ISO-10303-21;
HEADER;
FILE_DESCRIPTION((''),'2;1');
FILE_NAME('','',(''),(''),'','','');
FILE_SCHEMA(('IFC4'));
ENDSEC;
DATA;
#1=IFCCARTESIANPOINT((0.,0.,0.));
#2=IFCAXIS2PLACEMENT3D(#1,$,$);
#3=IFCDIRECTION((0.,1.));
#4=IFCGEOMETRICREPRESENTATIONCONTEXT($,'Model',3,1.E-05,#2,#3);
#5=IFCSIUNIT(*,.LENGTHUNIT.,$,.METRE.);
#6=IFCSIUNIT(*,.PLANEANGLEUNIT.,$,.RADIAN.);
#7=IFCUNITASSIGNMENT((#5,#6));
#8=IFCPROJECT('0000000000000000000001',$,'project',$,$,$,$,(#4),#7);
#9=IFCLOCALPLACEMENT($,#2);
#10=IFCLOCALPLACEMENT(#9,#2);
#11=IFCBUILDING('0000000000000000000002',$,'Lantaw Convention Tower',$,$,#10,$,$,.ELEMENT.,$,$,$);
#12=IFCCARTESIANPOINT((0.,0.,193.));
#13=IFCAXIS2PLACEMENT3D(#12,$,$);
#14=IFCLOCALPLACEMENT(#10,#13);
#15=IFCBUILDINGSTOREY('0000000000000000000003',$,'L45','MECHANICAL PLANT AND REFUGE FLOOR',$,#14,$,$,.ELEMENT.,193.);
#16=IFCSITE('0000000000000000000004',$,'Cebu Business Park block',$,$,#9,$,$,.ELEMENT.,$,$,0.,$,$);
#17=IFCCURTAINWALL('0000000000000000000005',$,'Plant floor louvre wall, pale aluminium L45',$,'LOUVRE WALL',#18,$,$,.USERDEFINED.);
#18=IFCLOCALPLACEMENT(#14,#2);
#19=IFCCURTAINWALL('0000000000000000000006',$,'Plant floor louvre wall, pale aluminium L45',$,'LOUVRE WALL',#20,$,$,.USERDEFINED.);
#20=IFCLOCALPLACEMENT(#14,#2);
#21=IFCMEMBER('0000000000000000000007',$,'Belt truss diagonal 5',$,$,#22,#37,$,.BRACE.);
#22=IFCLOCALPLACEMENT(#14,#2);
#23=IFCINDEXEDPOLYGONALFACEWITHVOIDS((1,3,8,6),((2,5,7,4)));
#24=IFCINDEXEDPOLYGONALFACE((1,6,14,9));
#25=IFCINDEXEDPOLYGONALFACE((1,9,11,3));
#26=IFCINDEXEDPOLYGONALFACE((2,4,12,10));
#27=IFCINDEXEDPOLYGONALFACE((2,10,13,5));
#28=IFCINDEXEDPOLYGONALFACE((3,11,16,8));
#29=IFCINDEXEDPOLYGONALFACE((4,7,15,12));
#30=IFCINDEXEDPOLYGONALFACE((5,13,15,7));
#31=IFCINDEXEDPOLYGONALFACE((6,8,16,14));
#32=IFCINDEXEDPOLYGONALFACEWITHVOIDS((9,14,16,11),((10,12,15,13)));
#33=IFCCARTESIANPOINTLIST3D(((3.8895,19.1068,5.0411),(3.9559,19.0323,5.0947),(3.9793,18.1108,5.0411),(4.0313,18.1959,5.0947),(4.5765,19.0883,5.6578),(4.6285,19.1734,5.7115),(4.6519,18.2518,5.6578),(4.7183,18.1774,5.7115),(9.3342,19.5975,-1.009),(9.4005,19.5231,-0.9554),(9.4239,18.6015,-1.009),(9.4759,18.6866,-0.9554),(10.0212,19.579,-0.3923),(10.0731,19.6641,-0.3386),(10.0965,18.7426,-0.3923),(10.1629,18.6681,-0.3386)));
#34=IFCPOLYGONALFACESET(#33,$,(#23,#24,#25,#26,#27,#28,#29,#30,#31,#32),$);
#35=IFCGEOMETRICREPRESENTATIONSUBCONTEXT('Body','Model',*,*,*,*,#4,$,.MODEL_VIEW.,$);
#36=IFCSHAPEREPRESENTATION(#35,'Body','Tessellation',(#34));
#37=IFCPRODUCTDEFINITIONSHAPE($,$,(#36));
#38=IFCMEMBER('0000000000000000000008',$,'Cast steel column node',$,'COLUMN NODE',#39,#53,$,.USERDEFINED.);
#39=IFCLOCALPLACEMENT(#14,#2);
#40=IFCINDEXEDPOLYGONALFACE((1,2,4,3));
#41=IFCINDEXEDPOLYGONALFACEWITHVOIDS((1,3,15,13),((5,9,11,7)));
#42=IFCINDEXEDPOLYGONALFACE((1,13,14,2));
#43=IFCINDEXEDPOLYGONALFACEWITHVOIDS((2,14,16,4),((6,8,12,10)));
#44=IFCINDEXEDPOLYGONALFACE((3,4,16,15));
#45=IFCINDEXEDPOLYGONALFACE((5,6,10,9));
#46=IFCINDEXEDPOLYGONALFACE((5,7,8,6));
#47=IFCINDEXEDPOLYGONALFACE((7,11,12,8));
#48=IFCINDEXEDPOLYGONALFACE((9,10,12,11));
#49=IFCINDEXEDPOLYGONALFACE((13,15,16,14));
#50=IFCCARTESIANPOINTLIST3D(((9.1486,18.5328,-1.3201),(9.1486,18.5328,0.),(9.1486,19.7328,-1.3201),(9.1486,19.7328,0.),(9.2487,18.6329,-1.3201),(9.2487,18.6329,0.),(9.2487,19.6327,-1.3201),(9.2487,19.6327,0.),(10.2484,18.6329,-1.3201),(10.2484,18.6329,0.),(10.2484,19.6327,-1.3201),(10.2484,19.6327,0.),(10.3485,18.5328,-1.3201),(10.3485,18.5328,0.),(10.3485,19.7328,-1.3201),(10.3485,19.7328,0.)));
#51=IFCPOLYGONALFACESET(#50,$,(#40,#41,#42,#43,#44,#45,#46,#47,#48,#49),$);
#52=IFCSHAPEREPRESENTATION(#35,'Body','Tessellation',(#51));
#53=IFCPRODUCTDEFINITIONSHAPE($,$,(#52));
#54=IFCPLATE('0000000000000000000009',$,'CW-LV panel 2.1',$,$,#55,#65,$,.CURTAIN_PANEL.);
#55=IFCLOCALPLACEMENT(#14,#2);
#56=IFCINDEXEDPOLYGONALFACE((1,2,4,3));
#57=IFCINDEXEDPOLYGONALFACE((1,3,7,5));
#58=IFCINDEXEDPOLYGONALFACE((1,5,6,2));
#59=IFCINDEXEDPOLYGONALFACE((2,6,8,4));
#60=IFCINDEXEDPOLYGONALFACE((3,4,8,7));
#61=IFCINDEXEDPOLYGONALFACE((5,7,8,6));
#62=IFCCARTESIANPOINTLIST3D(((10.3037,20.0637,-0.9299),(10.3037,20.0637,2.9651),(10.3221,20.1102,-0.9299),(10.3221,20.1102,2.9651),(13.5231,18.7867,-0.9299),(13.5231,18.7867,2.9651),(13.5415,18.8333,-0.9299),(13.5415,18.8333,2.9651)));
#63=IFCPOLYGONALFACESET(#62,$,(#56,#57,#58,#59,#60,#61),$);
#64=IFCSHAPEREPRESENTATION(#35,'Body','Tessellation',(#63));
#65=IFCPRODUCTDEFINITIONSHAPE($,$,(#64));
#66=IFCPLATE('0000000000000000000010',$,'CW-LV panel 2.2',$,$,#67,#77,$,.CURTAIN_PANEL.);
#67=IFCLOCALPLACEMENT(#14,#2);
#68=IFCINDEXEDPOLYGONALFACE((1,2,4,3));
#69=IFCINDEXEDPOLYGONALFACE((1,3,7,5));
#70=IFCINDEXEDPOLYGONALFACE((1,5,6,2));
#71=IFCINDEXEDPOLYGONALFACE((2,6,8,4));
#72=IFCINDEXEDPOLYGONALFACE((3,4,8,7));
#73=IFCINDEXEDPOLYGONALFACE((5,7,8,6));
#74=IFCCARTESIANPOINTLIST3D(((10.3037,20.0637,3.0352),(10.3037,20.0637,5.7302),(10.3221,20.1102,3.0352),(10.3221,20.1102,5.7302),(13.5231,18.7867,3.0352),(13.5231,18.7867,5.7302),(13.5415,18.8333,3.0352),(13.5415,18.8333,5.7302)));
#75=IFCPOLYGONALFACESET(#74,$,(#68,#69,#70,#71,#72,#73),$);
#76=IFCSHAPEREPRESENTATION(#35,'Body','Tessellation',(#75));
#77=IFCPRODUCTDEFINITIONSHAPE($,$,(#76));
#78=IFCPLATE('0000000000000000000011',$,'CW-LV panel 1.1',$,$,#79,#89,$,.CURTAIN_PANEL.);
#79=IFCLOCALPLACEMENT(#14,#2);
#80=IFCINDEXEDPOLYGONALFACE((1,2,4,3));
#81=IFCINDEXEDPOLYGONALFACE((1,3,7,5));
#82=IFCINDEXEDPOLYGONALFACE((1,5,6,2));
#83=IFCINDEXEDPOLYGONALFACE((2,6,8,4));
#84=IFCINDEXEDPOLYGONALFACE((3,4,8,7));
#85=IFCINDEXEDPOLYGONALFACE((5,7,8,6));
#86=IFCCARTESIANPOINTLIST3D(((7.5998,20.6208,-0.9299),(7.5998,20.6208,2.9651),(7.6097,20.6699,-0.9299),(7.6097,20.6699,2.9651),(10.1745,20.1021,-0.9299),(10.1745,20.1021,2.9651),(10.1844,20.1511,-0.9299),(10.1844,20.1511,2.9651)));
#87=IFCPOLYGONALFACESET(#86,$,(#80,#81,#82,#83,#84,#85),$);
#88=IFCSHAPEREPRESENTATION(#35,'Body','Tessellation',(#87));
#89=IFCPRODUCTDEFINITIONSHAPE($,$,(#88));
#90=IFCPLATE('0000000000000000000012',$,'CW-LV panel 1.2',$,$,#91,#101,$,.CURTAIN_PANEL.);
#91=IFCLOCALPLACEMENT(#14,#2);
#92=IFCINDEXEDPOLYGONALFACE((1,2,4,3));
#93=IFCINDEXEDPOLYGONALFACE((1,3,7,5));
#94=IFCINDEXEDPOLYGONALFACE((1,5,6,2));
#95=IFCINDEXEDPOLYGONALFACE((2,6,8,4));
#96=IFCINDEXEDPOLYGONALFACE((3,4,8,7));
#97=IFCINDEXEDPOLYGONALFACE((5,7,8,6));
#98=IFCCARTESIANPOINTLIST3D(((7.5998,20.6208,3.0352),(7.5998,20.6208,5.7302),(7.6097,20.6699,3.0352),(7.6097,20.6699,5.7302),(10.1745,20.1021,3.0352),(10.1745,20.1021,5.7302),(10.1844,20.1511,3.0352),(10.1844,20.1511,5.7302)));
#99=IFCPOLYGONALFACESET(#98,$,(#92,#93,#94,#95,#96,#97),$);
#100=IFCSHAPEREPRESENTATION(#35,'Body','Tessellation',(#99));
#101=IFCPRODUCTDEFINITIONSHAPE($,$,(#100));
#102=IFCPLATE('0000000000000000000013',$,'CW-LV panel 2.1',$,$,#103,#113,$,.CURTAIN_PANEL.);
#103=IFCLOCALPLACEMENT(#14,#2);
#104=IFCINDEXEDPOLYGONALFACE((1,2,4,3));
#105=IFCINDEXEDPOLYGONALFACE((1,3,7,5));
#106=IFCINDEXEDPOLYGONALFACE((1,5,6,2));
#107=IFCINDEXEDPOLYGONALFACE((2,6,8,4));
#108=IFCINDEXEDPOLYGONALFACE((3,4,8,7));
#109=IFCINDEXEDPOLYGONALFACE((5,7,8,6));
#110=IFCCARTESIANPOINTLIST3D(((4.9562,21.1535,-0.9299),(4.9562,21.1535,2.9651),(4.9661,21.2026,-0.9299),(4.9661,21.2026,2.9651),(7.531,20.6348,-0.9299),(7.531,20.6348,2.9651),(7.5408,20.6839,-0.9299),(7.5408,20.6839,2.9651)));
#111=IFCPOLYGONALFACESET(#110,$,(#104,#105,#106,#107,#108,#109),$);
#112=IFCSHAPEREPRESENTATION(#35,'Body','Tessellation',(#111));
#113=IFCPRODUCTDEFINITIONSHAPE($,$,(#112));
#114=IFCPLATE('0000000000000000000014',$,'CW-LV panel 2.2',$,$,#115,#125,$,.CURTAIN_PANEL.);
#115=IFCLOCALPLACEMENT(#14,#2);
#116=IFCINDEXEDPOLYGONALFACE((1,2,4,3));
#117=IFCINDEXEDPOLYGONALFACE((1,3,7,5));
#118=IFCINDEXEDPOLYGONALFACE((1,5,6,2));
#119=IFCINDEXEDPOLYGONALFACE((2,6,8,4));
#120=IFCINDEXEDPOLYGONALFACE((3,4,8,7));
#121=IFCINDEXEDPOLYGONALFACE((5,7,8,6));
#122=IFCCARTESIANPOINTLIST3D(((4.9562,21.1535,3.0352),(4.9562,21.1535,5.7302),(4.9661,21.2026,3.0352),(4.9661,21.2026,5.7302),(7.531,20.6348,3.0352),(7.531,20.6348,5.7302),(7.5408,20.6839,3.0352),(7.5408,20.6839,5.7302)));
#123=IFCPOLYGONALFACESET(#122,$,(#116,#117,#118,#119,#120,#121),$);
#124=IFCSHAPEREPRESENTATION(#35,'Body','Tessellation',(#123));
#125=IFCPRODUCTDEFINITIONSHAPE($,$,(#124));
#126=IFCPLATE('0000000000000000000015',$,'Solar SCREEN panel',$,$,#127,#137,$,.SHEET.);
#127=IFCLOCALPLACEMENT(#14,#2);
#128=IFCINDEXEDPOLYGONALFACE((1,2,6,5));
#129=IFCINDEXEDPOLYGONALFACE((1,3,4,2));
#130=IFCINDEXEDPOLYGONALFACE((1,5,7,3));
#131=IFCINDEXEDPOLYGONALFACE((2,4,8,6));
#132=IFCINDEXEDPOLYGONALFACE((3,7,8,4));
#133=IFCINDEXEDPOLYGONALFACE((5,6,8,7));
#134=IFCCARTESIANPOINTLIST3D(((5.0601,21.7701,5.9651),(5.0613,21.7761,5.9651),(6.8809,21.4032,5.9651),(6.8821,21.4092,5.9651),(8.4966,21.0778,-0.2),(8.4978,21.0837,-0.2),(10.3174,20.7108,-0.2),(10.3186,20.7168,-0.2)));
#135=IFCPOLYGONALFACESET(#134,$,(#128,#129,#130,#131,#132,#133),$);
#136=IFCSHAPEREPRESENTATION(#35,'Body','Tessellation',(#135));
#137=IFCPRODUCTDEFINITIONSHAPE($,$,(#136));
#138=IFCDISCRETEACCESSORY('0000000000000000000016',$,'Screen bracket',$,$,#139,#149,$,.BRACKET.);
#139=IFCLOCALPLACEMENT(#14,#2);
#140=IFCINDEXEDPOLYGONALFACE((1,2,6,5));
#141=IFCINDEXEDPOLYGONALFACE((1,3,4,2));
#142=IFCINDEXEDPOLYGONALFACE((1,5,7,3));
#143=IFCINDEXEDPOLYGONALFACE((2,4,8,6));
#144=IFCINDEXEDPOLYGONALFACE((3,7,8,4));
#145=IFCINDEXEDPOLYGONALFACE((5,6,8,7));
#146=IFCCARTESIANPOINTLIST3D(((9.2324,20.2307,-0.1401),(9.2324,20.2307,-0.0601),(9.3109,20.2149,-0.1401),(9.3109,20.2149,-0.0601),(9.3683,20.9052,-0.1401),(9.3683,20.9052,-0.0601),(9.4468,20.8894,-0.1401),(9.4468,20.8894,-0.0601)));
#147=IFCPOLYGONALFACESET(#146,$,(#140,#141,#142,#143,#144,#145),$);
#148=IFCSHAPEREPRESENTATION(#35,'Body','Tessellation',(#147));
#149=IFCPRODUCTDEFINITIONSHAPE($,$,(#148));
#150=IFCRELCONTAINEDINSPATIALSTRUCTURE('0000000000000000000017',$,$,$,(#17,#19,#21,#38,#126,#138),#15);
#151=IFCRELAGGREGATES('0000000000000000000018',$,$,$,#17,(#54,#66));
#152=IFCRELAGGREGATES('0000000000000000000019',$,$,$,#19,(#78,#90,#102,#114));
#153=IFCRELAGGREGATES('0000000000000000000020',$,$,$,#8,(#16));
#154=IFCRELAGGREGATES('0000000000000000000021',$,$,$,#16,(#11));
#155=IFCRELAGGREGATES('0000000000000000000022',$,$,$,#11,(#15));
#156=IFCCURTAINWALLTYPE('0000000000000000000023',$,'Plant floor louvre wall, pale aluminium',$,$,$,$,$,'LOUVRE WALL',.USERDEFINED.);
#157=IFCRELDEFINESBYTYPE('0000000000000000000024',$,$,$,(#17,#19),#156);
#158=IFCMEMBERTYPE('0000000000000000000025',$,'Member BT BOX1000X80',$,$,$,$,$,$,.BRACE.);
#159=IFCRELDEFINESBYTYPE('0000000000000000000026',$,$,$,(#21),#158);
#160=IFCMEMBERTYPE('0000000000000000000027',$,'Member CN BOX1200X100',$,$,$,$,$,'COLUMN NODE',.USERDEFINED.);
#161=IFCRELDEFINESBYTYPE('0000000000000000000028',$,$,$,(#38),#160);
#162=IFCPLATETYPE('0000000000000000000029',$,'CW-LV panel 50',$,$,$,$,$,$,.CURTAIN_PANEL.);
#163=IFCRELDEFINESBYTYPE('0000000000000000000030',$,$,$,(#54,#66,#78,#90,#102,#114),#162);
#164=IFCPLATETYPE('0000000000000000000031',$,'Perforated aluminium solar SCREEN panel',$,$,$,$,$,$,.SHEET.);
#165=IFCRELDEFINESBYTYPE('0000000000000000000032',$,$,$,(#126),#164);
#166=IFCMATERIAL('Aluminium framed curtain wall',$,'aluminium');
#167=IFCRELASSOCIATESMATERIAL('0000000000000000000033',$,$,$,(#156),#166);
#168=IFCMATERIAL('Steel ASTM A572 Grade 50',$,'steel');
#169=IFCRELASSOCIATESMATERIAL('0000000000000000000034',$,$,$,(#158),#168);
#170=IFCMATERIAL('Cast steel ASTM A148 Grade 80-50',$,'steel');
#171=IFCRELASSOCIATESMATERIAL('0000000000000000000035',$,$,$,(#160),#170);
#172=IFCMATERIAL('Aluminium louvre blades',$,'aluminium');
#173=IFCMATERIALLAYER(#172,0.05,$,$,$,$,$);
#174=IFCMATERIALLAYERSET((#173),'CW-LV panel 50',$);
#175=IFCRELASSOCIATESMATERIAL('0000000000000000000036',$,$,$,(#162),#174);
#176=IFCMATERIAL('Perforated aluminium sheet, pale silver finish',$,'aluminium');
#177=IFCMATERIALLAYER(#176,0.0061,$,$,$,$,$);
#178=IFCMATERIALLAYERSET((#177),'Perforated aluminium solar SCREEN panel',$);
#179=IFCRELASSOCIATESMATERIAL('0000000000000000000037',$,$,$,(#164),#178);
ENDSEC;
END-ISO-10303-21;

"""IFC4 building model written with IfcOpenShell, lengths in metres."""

from ifc_helpers import new_model, si_unit, direction, frame, origin, origin_2d, place, context, subcontext, project, spatial, polyline, rectangle, hollow_rectangle, outline, extrude, material, layer, layer_set, material_profile, profile_set, type_object, element, aggregate, save


model = new_model("IFC4")

# Units and contexts
model_context = context("Model", 3, precision=1e-05, world=origin(), true_north=direction((0.0, 1.0)))
body_context = subcontext(model_context, "Body", "Model", "MODEL_VIEW")
ifc_project = project(units=[si_unit("LENGTHUNIT", "METRE"), si_unit("PLANEANGLEUNIT", "RADIAN")], contexts=[model_context])

# Site, building, storey
site_placement = place(None, origin())
site = spatial("IfcSite", under=ifc_project, at=site_placement, Name="Cebu Business Park block", CompositionType="ELEMENT", RefElevation=0.0)
building_placement = place(site_placement, origin())
building = spatial("IfcBuilding", under=site, at=building_placement, Name="Lantaw Convention Tower", CompositionType="ELEMENT")
storey_placement = place(building_placement, frame((0.0, 0.0, 193.0)))
storey = spatial("IfcBuildingStorey", under=building, at=storey_placement, Name="L45", Description="MECHANICAL PLANT AND REFUGE FLOOR", CompositionType="ELEMENT", Elevation=193.0)

# Curtain wall
ifc_material_1 = material(Name="Aluminium framed curtain wall", Category="aluminium")
curtain_wall_type = type_object("IfcCurtainWallType", Name="Plant floor louvre wall, pale aluminium", ElementType="LOUVRE WALL", PredefinedType="USERDEFINED", material=ifc_material_1)
curtain_wall_1_placement = place(storey_placement, origin())
curtain_wall_1 = element("IfcCurtainWall", 1, at=curtain_wall_1_placement, inside=storey, type_object=curtain_wall_type, Name="Plant floor louvre wall, pale aluminium L45", ObjectType="LOUVRE WALL", PredefinedType="USERDEFINED")

# Curtain wall
curtain_wall_2_placement = place(storey_placement, origin())
curtain_wall_2 = element("IfcCurtainWall", 2, at=curtain_wall_2_placement, inside=storey, type_object=curtain_wall_type, Name="Plant floor louvre wall, pale aluminium L45", ObjectType="LOUVRE WALL", PredefinedType="USERDEFINED")

# Members
ifc_material_2 = material(Name="Steel ASTM A572 Grade 50", Category="steel")
ifc_material_profile_1 = material_profile(ifc_material_2, hollow_rectangle(XDim=1.0, YDim=1.0, WallThickness=0.0801, at=origin_2d()), Name="BOX1000X80")
ifc_profile_set_1 = profile_set([ifc_material_profile_1], Name="Steel ASTM A572 Grade 50")
member_type_1 = type_object("IfcMemberType", Name="Member BT BOX1000X80", PredefinedType="BRACE", material=ifc_profile_set_1)
member_1_placement = place(storey_placement, frame((9.7485, 19.1328, -0.6738), z_axis=(-0.667721, -0.060182, 0.741975), x_axis=(0.089767, -0.995963, 0.0)))
element("IfcMember", 3, at=member_1_placement, inside=storey, type_object=member_type_1, Name="Belt truss diagonal 5", PredefinedType="BRACE", context=body_context, shape_type="SweptSolid", body=[
    extrude(hollow_rectangle(XDim=1.0, YDim=1.0, WallThickness=0.0801, at=origin_2d()), origin(), (0.0, 0.0, 1.0), 8.1541),
])
ifc_material_3 = material(Name="Cast steel ASTM A148 Grade 80-50", Category="steel")
ifc_material_profile_2 = material_profile(ifc_material_3, hollow_rectangle(XDim=1.2, YDim=1.2, WallThickness=0.1001, at=origin_2d()), Name="BOX1200X100")
ifc_profile_set_2 = profile_set([ifc_material_profile_2], Name="Cast steel ASTM A148 Grade 80-50")
member_type_2 = type_object("IfcMemberType", Name="Member CN BOX1200X100", ElementType="COLUMN NODE", PredefinedType="USERDEFINED", material=ifc_profile_set_2)
member_2_placement = place(storey_placement, frame((9.7485, 19.1328, -1.3201), z_axis=(0.0, 0.0, 1.0), x_axis=(1.0, 0.0, 0.0)))
element("IfcMember", 4, at=member_2_placement, inside=storey, type_object=member_type_2, Name="Cast steel column node", ObjectType="COLUMN NODE", PredefinedType="USERDEFINED", context=body_context, shape_type="SweptSolid", body=[
    extrude(hollow_rectangle(XDim=1.2, YDim=1.2, WallThickness=0.1001, at=origin_2d()), origin(), (0.0, 0.0, 1.0), 1.3201),
])

# Plates
ifc_material_4 = material(Name="Aluminium louvre blades", Category="aluminium")
ifc_layer_1 = layer(ifc_material_4, 0.05)
ifc_layer_set_1 = layer_set([ifc_layer_1], Name="CW-LV panel 50")
plate_type_1 = type_object("IfcPlateType", Name="CW-LV panel 50", PredefinedType="CURTAIN_PANEL", material=ifc_layer_set_1)
plate_1_placement = place(storey_placement, frame((11.9226, 19.4485, -0.9299), z_axis=(0.0, 0.0, 1.0), x_axis=(-0.929548, 0.368702, 0.0)))
plate_1 = element("IfcPlate", 5, at=plate_1_placement, type_object=plate_type_1, Name="CW-LV panel 2.1", PredefinedType="CURTAIN_PANEL", context=body_context, shape_type="SweptSolid", body=[
    extrude(rectangle(XDim=3.4634, YDim=0.05, at=origin_2d()), origin(), (0.0, 0.0, 1.0), 3.895),
])
plate_2_placement = place(storey_placement, frame((11.9226, 19.4485, 3.0352), z_axis=(0.0, 0.0, 1.0), x_axis=(-0.929548, 0.368702, 0.0)))
plate_2 = element("IfcPlate", 6, at=plate_2_placement, type_object=plate_type_1, Name="CW-LV panel 2.2", PredefinedType="CURTAIN_PANEL", context=body_context, shape_type="SweptSolid", body=[
    extrude(rectangle(XDim=3.4634, YDim=0.05, at=origin_2d()), origin(), (0.0, 0.0, 1.0), 2.6951),
])
aggregate(curtain_wall_1, [plate_1, plate_2])
plate_3_placement = place(storey_placement, frame((8.8921, 20.386, -0.9299), z_axis=(0.0, 0.0, 1.0), x_axis=(-0.980302, 0.197507, 0.0)))
plate_3 = element("IfcPlate", 7, at=plate_3_placement, type_object=plate_type_1, Name="CW-LV panel 1.1", PredefinedType="CURTAIN_PANEL", context=body_context, shape_type="SweptSolid", body=[
    extrude(rectangle(XDim=2.6265, YDim=0.05, at=origin_2d()), origin(), (0.0, 0.0, 1.0), 3.895),
])
plate_4_placement = place(storey_placement, frame((8.8921, 20.386, 3.0352), z_axis=(0.0, 0.0, 1.0), x_axis=(-0.980302, 0.197507, 0.0)))
plate_4 = element("IfcPlate", 8, at=plate_4_placement, type_object=plate_type_1, Name="CW-LV panel 1.2", PredefinedType="CURTAIN_PANEL", context=body_context, shape_type="SweptSolid", body=[
    extrude(rectangle(XDim=2.6265, YDim=0.05, at=origin_2d()), origin(), (0.0, 0.0, 1.0), 2.6951),
])
plate_5_placement = place(storey_placement, frame((6.2485, 20.9187, -0.9299), z_axis=(0.0, 0.0, 1.0), x_axis=(-0.980302, 0.197507, 0.0)))
plate_5 = element("IfcPlate", 9, at=plate_5_placement, type_object=plate_type_1, Name="CW-LV panel 2.1", PredefinedType="CURTAIN_PANEL", context=body_context, shape_type="SweptSolid", body=[
    extrude(rectangle(XDim=2.6265, YDim=0.05, at=origin_2d()), origin(), (0.0, 0.0, 1.0), 3.895),
])
plate_6_placement = place(storey_placement, frame((6.2485, 20.9187, 3.0352), z_axis=(0.0, 0.0, 1.0), x_axis=(-0.980302, 0.197507, 0.0)))
plate_6 = element("IfcPlate", 10, at=plate_6_placement, type_object=plate_type_1, Name="CW-LV panel 2.2", PredefinedType="CURTAIN_PANEL", context=body_context, shape_type="SweptSolid", body=[
    extrude(rectangle(XDim=2.6265, YDim=0.05, at=origin_2d()), origin(), (0.0, 0.0, 1.0), 2.6951),
])
aggregate(curtain_wall_2, [plate_3, plate_4, plate_5, plate_6])
ifc_material_5 = material(Name="Perforated aluminium sheet, pale silver finish", Category="aluminium")
ifc_layer_2 = layer(ifc_material_5, 0.0061)
ifc_layer_set_2 = layer_set([ifc_layer_2], Name="Perforated aluminium solar SCREEN panel")
plate_type_2 = type_object("IfcPlateType", Name="Perforated aluminium solar SCREEN panel", PredefinedType="SHEET", material=ifc_layer_set_2)
plate_7_placement = place(storey_placement, frame((10.3186, 20.7168, -0.2), z_axis=(0.197557, 0.980291, 0.000028), x_axis=(-0.980291, 0.197557, 0.0)))
element("IfcPlate", 11, at=plate_7_placement, inside=storey, type_object=plate_type_2, Name="Solar SCREEN panel", PredefinedType="SHEET", context=body_context, shape_type="SweptSolid", body=[
    extrude(outline(polyline([(0.0, 0.0), (1.8574, 0.0), (5.363, 6.165), (3.5056, 6.165), (0.0, 0.0)])), origin(), (0.0, 0.0, -1.0), 0.0061),
])

# Discrete accessory
discrete_accessory_placement = place(storey_placement, frame((9.3396, 20.5601, -0.1401), z_axis=(0.0, 0.0, 1.0), x_axis=(-0.980302, 0.197507, 0.0)))
element("IfcDiscreteAccessory", 12, at=discrete_accessory_placement, inside=storey, Name="Screen bracket", PredefinedType="BRACKET", context=body_context, shape_type="SweptSolid", body=[
    extrude(rectangle(XDim=0.0801, YDim=0.688, at=origin_2d()), origin(), (0.0, 0.0, 1.0), 0.0801),
])

save(model, "model.ifc")
